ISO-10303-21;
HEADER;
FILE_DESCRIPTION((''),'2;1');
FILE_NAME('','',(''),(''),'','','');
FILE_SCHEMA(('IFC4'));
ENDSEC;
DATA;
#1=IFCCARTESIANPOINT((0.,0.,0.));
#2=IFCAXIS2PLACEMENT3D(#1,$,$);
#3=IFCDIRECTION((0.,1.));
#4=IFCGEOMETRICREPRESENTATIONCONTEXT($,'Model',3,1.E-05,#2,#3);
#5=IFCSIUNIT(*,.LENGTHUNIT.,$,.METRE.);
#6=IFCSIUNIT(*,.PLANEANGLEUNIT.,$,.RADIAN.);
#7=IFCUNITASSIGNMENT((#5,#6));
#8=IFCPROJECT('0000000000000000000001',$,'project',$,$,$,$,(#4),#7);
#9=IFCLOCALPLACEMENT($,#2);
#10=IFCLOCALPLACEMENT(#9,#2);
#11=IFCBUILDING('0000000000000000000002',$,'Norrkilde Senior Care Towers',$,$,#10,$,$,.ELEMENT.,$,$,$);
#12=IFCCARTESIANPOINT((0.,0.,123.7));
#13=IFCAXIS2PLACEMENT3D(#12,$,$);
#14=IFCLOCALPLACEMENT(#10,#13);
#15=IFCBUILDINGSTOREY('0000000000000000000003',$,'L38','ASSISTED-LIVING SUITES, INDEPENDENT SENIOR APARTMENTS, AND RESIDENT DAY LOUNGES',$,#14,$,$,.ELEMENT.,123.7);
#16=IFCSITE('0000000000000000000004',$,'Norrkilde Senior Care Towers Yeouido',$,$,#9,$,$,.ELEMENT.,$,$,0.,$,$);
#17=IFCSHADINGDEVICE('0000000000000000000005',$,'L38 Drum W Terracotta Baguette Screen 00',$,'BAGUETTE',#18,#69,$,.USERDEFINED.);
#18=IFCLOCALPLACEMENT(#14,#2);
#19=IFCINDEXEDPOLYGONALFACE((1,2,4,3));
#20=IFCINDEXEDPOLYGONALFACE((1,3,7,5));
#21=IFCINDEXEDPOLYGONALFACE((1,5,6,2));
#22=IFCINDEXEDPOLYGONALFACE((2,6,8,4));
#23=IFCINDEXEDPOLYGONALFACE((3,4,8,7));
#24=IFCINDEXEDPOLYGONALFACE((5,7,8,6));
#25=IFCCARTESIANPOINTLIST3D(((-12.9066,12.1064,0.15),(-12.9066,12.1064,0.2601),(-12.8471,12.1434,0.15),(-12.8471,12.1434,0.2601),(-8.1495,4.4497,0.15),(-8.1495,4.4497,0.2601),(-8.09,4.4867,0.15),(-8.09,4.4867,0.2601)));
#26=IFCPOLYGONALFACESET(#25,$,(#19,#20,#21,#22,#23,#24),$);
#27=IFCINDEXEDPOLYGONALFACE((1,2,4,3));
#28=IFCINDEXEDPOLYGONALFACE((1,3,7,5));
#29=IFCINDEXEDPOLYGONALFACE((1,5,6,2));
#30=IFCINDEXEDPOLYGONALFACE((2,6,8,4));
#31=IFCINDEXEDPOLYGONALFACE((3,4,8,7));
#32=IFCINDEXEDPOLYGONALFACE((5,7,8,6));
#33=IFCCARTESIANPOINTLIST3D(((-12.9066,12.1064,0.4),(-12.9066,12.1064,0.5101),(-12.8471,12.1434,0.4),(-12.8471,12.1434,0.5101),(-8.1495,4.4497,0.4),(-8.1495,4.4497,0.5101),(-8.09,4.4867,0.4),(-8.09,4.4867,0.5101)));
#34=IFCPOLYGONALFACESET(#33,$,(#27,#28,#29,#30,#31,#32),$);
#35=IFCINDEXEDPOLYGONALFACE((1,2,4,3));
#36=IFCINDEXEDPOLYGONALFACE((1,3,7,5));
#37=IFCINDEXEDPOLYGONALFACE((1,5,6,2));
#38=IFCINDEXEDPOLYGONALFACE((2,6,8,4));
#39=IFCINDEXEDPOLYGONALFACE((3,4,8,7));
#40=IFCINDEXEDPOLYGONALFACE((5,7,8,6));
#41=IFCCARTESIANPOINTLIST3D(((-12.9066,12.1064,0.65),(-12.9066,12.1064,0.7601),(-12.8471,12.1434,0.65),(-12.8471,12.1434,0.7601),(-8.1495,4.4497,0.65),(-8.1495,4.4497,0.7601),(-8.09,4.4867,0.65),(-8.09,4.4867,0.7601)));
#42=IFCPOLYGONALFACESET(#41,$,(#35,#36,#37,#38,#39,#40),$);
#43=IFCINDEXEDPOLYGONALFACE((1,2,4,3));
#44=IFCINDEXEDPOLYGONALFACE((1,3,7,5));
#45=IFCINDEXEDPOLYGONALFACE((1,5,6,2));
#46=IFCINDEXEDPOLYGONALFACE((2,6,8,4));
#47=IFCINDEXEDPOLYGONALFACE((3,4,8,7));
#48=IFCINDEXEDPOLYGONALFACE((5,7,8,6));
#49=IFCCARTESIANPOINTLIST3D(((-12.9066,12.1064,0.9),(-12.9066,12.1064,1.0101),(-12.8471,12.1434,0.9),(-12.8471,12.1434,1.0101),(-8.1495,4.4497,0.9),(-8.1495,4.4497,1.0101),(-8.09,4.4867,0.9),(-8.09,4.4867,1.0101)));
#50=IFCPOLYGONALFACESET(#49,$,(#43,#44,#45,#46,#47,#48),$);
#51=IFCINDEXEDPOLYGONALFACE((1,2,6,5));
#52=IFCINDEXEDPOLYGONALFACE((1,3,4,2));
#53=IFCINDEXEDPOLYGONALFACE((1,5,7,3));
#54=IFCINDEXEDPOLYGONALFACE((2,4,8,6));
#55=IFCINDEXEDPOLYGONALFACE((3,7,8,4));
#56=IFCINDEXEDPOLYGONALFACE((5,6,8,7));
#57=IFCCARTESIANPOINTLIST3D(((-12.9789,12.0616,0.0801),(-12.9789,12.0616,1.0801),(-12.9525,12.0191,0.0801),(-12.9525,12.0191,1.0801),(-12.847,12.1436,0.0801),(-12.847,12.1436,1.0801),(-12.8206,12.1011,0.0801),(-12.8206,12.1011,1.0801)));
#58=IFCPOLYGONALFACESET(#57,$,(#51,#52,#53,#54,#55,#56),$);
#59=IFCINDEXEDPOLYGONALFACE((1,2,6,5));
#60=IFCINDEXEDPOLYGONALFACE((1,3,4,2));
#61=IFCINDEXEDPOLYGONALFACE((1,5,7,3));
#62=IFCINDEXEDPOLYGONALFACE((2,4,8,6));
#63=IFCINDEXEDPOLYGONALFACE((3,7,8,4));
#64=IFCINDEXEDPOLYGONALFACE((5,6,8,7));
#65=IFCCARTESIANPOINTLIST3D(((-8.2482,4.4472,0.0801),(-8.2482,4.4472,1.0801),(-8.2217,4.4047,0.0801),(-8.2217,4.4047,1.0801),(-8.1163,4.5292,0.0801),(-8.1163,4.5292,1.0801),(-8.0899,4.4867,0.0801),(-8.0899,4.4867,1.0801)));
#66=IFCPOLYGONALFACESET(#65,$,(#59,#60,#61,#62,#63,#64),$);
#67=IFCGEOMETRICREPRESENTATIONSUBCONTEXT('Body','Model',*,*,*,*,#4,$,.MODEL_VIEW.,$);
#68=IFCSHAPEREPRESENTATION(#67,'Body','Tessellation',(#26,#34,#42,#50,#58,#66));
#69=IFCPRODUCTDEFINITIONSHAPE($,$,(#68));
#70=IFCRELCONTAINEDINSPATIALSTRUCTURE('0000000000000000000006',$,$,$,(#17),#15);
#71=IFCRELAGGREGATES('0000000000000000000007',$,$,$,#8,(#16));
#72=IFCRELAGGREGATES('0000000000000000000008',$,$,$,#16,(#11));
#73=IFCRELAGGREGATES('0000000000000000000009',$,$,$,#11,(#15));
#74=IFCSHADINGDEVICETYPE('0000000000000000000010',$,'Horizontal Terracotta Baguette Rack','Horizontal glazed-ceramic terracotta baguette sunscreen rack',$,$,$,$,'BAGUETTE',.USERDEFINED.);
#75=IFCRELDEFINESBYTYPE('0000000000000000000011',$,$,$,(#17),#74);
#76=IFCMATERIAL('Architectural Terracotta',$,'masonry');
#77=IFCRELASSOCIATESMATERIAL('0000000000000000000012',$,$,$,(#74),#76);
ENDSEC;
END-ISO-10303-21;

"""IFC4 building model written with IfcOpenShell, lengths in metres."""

from ifc_helpers import new_model, si_unit, direction, frame, origin, origin_2d, place, context, subcontext, project, spatial, rectangle, extrude, source, transform, mapped, material, type_object, type_shapes, element, save


model = new_model("IFC4")

# Units and contexts
model_context = context("Model", 3, precision=1e-05, world=origin(), true_north=direction((0.0, 1.0)))
body_context = subcontext(model_context, "Body", "Model", "MODEL_VIEW")
ifc_project = project(units=[si_unit("LENGTHUNIT", "METRE"), si_unit("PLANEANGLEUNIT", "RADIAN")], contexts=[model_context])

# Site, building, storey
site_placement = place(None, origin())
site = spatial("IfcSite", under=ifc_project, at=site_placement, Name="Norrkilde Senior Care Towers Yeouido", CompositionType="ELEMENT", RefElevation=0.0)
building_placement = place(site_placement, origin())
building = spatial("IfcBuilding", under=site, at=building_placement, Name="Norrkilde Senior Care Towers", CompositionType="ELEMENT")
storey_placement = place(building_placement, frame((0.0, 0.0, 123.7)))
storey = spatial("IfcBuildingStorey", under=building, at=storey_placement, Name="L38", Description="ASSISTED-LIVING SUITES, INDEPENDENT SENIOR APARTMENTS, AND RESIDENT DAY LOUNGES", CompositionType="ELEMENT", Elevation=123.7)

# Shading device
ifc_material_1 = material(Name="Architectural Terracotta", Category="masonry")
shading_device_type = type_object("IfcShadingDeviceType", Name="Horizontal Terracotta Baguette Rack", Description="Horizontal glazed-ceramic terracotta baguette sunscreen rack", ElementType="BAGUETTE", PredefinedType="USERDEFINED", material=ifc_material_1)
shared_shape_1 = source(origin(), body_context, "Body", "SweptSolid", [
    extrude(rectangle(XDim=0.0701, YDim=0.1101, at=origin_2d()), frame((0.0, 0.0901, 0.125), z_axis=(1.0, 0.0, 0.0), x_axis=(0.0, 1.0, 0.0)), (0.0, 0.0, 1.0), 9.0142),
    extrude(rectangle(XDim=0.0701, YDim=0.1101, at=origin_2d()), frame((0.0, 0.0901, 0.375), z_axis=(1.0, 0.0, 0.0), x_axis=(0.0, 1.0, 0.0)), (0.0, 0.0, 1.0), 9.0142),
    extrude(rectangle(XDim=0.0701, YDim=0.1101, at=origin_2d()), frame((0.0, 0.0901, 0.625), z_axis=(1.0, 0.0, 0.0), x_axis=(0.0, 1.0, 0.0)), (0.0, 0.0, 1.0), 9.0142),
    extrude(rectangle(XDim=0.0701, YDim=0.1101, at=origin_2d()), frame((0.0, 0.0901, 0.875), z_axis=(1.0, 0.0, 0.0), x_axis=(0.0, 1.0, 0.0)), (0.0, 0.0, 1.0), 9.0142),
    extrude(rectangle(XDim=0.05, YDim=0.1553, at=origin_2d()), frame((0.0249, 0.0476, 0.0)), (0.0, 0.0, 1.0), 1.0),
    extrude(rectangle(XDim=0.05, YDim=0.1553, at=origin_2d()), frame((8.9893, 0.0476, 0.0)), (0.0, 0.0, 1.0), 1.0),
])
type_shapes(shading_device_type, [shared_shape_1])
shading_device_placement = place(storey_placement, frame((-12.9534, 12.0774, 0.0801), z_axis=(0.0, 0.0, 1.0), x_axis=(0.527734, -0.849412, 0.0)))
element("IfcShadingDevice", 1, at=shading_device_placement, inside=storey, type_object=shading_device_type, Name="L38 Drum W Terracotta Baguette Screen 00", ObjectType="BAGUETTE", PredefinedType="USERDEFINED", context=body_context, shape_type="MappedRepresentation", body=[
    mapped(shared_shape_1, transform((0.0, 0.0, 0.0), x_axis=(1.0, 0.0, 0.0), y_axis=(0.0, 1.0, 0.0), z_axis=(0.0, 0.0, 1.0), scale=1.0)),
])

save(model, "model.ifc")
